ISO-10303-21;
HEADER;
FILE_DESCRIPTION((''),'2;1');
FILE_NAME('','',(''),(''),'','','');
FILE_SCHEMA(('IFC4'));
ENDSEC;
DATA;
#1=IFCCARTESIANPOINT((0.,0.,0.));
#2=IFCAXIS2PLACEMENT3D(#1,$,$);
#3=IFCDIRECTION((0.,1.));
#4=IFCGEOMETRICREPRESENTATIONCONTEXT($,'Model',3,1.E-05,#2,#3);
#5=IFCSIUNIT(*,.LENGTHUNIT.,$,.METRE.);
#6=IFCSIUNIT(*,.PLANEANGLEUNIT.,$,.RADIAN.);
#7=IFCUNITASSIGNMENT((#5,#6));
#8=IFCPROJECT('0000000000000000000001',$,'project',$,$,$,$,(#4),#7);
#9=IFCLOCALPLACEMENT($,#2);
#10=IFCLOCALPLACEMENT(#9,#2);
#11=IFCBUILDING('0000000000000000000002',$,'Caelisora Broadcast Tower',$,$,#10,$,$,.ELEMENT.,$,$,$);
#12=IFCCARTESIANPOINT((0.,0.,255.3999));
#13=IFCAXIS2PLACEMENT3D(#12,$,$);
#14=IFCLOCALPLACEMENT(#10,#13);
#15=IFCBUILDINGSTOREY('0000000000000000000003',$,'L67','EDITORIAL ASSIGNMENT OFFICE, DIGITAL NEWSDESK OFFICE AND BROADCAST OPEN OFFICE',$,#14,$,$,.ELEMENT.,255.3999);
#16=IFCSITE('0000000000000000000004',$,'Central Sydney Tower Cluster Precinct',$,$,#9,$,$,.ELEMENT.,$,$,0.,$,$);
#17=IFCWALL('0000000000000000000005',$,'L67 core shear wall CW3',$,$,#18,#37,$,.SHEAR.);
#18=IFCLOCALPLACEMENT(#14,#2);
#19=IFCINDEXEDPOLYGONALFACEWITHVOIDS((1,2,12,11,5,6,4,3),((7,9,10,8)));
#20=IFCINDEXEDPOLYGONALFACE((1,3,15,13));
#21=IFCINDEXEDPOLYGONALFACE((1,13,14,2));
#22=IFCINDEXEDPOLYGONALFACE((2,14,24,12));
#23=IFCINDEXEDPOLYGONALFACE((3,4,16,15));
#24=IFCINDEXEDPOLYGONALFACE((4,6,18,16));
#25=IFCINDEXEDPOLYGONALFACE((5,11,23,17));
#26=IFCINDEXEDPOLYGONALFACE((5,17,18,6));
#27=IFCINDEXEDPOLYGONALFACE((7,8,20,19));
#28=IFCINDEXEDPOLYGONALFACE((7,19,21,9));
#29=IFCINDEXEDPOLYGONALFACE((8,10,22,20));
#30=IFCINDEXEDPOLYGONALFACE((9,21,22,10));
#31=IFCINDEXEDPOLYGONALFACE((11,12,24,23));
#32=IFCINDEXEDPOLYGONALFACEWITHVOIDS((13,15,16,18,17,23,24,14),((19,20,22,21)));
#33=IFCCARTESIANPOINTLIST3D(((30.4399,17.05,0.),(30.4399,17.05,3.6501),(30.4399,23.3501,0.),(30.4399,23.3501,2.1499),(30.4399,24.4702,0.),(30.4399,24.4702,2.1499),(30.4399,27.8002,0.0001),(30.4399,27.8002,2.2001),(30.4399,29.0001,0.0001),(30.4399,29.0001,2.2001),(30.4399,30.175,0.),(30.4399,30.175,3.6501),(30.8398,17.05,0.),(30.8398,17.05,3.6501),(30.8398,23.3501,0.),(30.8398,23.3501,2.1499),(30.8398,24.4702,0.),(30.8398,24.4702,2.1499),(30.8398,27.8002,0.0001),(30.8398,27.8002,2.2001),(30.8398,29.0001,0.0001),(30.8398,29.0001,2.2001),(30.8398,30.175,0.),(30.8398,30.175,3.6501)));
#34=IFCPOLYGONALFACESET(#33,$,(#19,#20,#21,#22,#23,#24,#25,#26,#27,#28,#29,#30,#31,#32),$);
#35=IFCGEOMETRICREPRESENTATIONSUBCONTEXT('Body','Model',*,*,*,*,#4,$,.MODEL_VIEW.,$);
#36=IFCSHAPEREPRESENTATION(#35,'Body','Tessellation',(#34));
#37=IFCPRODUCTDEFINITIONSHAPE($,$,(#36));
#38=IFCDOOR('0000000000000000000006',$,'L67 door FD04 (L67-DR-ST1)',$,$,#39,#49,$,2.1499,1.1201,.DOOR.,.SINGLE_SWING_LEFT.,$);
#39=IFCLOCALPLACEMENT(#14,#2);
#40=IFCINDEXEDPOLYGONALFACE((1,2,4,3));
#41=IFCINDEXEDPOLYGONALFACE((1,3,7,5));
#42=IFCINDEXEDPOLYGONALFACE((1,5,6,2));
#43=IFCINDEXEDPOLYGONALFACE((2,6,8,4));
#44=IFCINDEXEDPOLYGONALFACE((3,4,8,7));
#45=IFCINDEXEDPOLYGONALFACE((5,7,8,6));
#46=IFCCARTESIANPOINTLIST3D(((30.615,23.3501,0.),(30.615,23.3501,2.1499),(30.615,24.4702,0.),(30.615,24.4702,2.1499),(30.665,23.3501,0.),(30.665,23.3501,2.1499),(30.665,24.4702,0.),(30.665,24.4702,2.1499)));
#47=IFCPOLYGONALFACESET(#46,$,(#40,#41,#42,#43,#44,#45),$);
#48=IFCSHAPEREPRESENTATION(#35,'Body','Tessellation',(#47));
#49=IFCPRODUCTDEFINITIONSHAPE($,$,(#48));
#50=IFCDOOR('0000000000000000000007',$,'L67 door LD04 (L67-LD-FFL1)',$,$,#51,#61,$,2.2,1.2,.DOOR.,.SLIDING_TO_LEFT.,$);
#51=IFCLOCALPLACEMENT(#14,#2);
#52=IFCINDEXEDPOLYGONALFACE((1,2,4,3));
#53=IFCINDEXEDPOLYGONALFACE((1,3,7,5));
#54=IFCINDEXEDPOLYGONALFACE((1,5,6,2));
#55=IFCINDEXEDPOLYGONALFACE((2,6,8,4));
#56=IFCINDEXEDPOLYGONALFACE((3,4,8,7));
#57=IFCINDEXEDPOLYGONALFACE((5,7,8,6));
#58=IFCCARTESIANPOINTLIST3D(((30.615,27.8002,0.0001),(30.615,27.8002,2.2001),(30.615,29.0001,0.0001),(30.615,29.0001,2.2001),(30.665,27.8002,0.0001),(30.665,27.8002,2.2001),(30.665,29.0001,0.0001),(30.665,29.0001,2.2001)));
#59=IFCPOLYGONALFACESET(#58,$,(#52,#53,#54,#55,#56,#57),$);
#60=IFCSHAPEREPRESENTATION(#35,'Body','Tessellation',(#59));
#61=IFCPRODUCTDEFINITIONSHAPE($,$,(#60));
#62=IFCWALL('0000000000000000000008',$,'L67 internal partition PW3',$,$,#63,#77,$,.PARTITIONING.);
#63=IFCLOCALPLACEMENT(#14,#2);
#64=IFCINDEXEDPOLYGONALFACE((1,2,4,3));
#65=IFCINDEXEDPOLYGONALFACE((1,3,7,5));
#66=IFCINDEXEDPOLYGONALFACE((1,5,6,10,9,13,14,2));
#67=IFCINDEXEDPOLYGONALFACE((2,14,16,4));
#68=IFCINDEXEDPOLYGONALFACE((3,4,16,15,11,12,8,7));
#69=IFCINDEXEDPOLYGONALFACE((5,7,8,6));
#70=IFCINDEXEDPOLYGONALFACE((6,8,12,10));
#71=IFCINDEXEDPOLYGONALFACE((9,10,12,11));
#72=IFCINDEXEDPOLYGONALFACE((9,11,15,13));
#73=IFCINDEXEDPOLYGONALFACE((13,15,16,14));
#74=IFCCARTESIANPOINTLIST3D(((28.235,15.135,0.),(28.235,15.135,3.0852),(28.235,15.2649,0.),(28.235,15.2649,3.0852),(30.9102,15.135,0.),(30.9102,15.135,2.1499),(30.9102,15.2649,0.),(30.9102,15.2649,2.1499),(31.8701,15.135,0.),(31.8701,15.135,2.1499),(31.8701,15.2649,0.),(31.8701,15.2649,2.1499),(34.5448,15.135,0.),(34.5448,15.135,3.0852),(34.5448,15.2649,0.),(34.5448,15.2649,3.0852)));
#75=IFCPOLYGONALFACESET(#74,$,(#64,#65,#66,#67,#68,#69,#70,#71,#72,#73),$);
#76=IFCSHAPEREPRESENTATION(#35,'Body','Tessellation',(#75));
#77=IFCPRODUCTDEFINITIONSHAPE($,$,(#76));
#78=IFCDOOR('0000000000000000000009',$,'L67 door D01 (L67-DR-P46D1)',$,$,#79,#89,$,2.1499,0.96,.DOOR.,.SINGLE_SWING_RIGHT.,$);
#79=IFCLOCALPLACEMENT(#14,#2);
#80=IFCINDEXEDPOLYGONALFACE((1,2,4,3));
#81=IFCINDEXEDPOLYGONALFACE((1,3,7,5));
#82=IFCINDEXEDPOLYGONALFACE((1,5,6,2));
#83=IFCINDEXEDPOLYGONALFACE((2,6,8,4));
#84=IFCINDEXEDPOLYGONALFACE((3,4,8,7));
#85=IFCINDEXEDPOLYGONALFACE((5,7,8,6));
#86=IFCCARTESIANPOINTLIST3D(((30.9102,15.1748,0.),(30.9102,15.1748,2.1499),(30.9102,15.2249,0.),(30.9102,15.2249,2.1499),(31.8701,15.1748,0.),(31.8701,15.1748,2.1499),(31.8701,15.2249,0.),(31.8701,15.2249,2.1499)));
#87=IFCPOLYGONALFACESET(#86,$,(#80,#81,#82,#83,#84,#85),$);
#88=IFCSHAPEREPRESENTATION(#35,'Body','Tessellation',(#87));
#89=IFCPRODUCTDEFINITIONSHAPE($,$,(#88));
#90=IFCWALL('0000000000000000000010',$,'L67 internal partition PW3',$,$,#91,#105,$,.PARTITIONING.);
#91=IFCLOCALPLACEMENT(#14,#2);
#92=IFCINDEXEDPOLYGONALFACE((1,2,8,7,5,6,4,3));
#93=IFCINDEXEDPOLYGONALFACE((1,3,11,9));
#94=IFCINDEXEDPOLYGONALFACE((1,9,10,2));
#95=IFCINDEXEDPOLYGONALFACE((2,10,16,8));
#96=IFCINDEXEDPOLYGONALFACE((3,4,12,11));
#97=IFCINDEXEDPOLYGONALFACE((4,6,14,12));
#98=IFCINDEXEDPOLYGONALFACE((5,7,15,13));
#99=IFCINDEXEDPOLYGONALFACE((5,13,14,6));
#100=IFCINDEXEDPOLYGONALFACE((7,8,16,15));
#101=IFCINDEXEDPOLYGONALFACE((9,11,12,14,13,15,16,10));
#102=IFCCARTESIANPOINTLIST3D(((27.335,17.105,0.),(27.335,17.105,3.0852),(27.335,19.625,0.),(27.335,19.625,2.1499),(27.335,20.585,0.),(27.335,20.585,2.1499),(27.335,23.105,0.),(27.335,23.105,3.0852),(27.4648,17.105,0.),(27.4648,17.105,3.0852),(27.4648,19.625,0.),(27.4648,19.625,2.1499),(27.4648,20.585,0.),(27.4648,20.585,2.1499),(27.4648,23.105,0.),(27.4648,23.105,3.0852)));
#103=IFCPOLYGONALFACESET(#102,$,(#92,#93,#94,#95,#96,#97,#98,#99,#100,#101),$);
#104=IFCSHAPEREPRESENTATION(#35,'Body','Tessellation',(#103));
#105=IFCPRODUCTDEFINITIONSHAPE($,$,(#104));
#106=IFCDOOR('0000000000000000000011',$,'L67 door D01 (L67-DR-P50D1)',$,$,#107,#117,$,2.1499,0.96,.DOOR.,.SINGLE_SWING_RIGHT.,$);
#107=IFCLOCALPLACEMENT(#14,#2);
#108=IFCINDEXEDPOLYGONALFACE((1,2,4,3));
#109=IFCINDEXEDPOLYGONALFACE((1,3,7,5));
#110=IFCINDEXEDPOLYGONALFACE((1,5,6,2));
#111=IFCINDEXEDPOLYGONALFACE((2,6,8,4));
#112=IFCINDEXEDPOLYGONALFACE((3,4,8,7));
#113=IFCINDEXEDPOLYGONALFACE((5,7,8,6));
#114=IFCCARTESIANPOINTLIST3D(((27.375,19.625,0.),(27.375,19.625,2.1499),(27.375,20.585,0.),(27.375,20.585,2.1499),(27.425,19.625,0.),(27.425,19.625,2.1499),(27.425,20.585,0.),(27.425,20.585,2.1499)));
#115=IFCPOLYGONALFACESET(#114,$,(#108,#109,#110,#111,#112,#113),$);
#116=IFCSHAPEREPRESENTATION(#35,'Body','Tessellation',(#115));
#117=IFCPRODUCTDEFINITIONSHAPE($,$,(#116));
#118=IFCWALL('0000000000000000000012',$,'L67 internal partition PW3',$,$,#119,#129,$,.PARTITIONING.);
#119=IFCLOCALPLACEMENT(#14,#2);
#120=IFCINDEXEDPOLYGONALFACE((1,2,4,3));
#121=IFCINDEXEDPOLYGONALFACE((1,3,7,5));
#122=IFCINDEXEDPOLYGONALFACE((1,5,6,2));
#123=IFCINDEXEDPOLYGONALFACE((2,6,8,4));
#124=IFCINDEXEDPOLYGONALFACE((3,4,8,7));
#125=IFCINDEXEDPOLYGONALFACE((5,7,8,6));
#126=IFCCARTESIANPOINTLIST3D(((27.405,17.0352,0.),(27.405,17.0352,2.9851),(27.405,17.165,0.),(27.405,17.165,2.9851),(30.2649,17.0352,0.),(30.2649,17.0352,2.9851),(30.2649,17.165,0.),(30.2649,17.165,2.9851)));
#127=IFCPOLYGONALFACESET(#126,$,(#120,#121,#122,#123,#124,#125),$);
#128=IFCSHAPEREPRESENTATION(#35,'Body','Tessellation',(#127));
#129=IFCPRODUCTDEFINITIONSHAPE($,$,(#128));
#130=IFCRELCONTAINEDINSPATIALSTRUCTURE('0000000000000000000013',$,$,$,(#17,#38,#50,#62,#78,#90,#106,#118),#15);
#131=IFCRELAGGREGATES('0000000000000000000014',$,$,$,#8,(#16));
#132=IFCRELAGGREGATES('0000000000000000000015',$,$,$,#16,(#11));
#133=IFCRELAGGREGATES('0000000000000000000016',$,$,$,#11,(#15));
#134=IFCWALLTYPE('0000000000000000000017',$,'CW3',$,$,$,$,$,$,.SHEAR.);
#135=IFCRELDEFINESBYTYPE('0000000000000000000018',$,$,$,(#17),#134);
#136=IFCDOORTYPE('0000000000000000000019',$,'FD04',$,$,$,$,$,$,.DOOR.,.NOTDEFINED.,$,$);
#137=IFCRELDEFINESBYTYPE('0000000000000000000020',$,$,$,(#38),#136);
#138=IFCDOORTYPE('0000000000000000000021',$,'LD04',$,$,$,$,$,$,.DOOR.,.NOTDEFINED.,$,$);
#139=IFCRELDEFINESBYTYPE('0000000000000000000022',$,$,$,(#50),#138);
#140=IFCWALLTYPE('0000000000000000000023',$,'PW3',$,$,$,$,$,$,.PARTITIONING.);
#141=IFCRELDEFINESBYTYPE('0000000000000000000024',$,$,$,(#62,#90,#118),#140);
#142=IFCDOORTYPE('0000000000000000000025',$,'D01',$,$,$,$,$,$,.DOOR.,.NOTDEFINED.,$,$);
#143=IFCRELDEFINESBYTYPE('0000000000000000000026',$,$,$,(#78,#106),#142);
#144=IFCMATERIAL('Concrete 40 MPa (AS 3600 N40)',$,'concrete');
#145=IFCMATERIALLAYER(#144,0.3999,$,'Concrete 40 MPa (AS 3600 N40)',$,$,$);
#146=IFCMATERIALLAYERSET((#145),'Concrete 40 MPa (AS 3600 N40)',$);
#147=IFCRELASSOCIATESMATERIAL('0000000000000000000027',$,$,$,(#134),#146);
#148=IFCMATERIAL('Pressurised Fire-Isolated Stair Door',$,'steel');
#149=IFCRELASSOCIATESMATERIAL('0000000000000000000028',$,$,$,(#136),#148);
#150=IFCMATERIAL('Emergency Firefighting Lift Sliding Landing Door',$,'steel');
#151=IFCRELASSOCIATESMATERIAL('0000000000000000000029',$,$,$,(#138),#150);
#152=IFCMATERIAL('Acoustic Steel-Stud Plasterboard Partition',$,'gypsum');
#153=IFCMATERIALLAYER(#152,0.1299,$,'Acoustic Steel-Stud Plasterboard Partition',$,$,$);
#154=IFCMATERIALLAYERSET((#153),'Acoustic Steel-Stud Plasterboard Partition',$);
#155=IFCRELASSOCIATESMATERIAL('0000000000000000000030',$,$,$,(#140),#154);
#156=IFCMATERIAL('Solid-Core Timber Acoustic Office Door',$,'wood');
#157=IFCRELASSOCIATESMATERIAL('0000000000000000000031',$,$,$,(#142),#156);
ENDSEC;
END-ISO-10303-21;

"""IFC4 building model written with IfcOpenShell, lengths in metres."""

from ifc_helpers import new_model, si_unit, direction, frame, frame_2d, origin, place, context, subcontext, project, spatial, rectangle, extrude, material, layer, layer_set, type_object, element, fill, save


model = new_model("IFC4")

# Units and contexts
model_context = context("Model", 3, precision=1e-05, world=origin(), true_north=direction((0.0, 1.0)))
body_context = subcontext(model_context, "Body", "Model", "MODEL_VIEW")
ifc_project = project(units=[si_unit("LENGTHUNIT", "METRE"), si_unit("PLANEANGLEUNIT", "RADIAN")], contexts=[model_context])

# Site, building, storey
site_placement = place(None, origin())
site = spatial("IfcSite", under=ifc_project, at=site_placement, Name="Central Sydney Tower Cluster Precinct", CompositionType="ELEMENT", RefElevation=0.0)
building_placement = place(site_placement, origin())
building = spatial("IfcBuilding", under=site, at=building_placement, Name="Caelisora Broadcast Tower", CompositionType="ELEMENT")
storey_placement = place(building_placement, frame((0.0, 0.0, 255.3999)))
storey = spatial("IfcBuildingStorey", under=building, at=storey_placement, Name="L67", Description="EDITORIAL ASSIGNMENT OFFICE, DIGITAL NEWSDESK OFFICE AND BROADCAST OPEN OFFICE", CompositionType="ELEMENT", Elevation=255.3999)

# Wall, openings, doors
ifc_material_1 = material(Name="Concrete 40 MPa (AS 3600 N40)", Category="concrete")
ifc_layer_1 = layer(ifc_material_1, 0.3999, Name="Concrete 40 MPa (AS 3600 N40)")
ifc_layer_set_1 = layer_set([ifc_layer_1], Name="Concrete 40 MPa (AS 3600 N40)")
wall_type_1 = type_object("IfcWallType", Name="CW3", PredefinedType="SHEAR", material=ifc_layer_set_1)
wall_1_placement = place(storey_placement, frame((30.6399, 17.05, 0.0), z_axis=(0.0, 0.0, 1.0), x_axis=(0.0, 1.0, 0.0)))
wall_1 = element("IfcWall", 1, at=wall_1_placement, inside=storey, type_object=wall_type_1, Name="L67 core shear wall CW3", PredefinedType="SHEAR", context=body_context, shape_type="SweptSolid", body=[
    extrude(rectangle(XDim=13.125, YDim=0.3999, at=frame_2d((6.5625, 0.0))), origin(), (0.0, 0.0, 1.0), 3.6501),
])
opening_1_placement = place(wall_1_placement, frame((6.3, 0.0, 0.0)))
opening_1 = element("IfcOpeningElement", 2, at=opening_1_placement, cuts=wall_1, PredefinedType="OPENING", context=body_context, shape_type="SweptSolid", body=[
    extrude(rectangle(XDim=1.1201, YDim=2.1499, at=frame_2d((0.5601, 1.075))), frame((0.0, 0.2119, 0.0), z_axis=(0.0, -1.0, 0.0), x_axis=(1.0, 0.0, 0.0)), (0.0, 0.0, 1.0), 0.4238),
])
opening_2_placement = place(wall_1_placement, frame((10.75, 0.0, 0.0)))
opening_2 = element("IfcOpeningElement", 3, at=opening_2_placement, cuts=wall_1, PredefinedType="OPENING", context=body_context, shape_type="SweptSolid", body=[
    extrude(rectangle(XDim=1.2, YDim=2.2, at=frame_2d((0.6001, 1.1001))), frame((0.0, 0.2119, 0.0), z_axis=(0.0, -1.0, 0.0), x_axis=(1.0, 0.0, 0.0)), (0.0, 0.0, 1.0), 0.4238),
])
ifc_material_2 = material(Name="Pressurised Fire-Isolated Stair Door", Category="steel")
door_type_1 = type_object("IfcDoorType", Name="FD04", OperationType="NOTDEFINED", PredefinedType="DOOR", material=ifc_material_2)
door_1_placement = place(opening_1_placement, origin())
door_1 = element("IfcDoor", 4, at=door_1_placement, inside=storey, type_object=door_type_1, Name="L67 door FD04 (L67-DR-ST1)", OperationType="SINGLE_SWING_LEFT", OverallHeight=2.1499, OverallWidth=1.1201, PredefinedType="DOOR", context=body_context, shape_type="SweptSolid", body=[
    extrude(rectangle(XDim=1.1201, YDim=2.1499, at=frame_2d((0.5601, 1.075))), frame((0.0, 0.0249, 0.0), z_axis=(0.0, -1.0, 0.0), x_axis=(1.0, 0.0, 0.0)), (0.0, 0.0, 1.0), 0.05),
])
fill(opening_1, door_1)
ifc_material_3 = material(Name="Emergency Firefighting Lift Sliding Landing Door", Category="steel")
door_type_2 = type_object("IfcDoorType", Name="LD04", OperationType="NOTDEFINED", PredefinedType="DOOR", material=ifc_material_3)
door_2_placement = place(opening_2_placement, origin())
door_2 = element("IfcDoor", 5, at=door_2_placement, inside=storey, type_object=door_type_2, Name="L67 door LD04 (L67-LD-FFL1)", OperationType="SLIDING_TO_LEFT", OverallHeight=2.2, OverallWidth=1.2, PredefinedType="DOOR", context=body_context, shape_type="SweptSolid", body=[
    extrude(rectangle(XDim=1.2, YDim=2.2, at=frame_2d((0.6001, 1.1001))), frame((0.0, 0.0249, 0.0), z_axis=(0.0, -1.0, 0.0), x_axis=(1.0, 0.0, 0.0)), (0.0, 0.0, 1.0), 0.05),
])
fill(opening_2, door_2)

# Walls, openings, doors
ifc_material_4 = material(Name="Acoustic Steel-Stud Plasterboard Partition", Category="gypsum")
ifc_layer_2 = layer(ifc_material_4, 0.1299, Name="Acoustic Steel-Stud Plasterboard Partition")
ifc_layer_set_2 = layer_set([ifc_layer_2], Name="Acoustic Steel-Stud Plasterboard Partition")
wall_type_2 = type_object("IfcWallType", Name="PW3", PredefinedType="PARTITIONING", material=ifc_layer_set_2)
wall_2_placement = place(storey_placement, frame((28.2351, 15.2, 0.0), z_axis=(0.0, 0.0, 1.0), x_axis=(1.0, 0.0, 0.0)))
wall_2 = element("IfcWall", 6, at=wall_2_placement, inside=storey, type_object=wall_type_2, Name="L67 internal partition PW3", PredefinedType="PARTITIONING", context=body_context, shape_type="SweptSolid", body=[
    extrude(rectangle(XDim=6.3098, YDim=0.1299, at=frame_2d((3.1548, 0.0))), origin(), (0.0, 0.0, 1.0), 3.0852),
])
opening_3_placement = place(wall_2_placement, frame((2.675, 0.0, 0.0)))
opening_3 = element("IfcOpeningElement", 7, at=opening_3_placement, cuts=wall_2, PredefinedType="OPENING", context=body_context, shape_type="SweptSolid", body=[
    extrude(rectangle(XDim=0.96, YDim=2.1499, at=frame_2d((0.48, 1.075))), frame((0.0, 0.0769, 0.0), z_axis=(0.0, -1.0, 0.0), x_axis=(1.0, 0.0, 0.0)), (0.0, 0.0, 1.0), 0.1538),
])
ifc_material_5 = material(Name="Solid-Core Timber Acoustic Office Door", Category="wood")
door_type_3 = type_object("IfcDoorType", Name="D01", OperationType="NOTDEFINED", PredefinedType="DOOR", material=ifc_material_5)
door_3_placement = place(opening_3_placement, origin())
door_3 = element("IfcDoor", 8, at=door_3_placement, inside=storey, type_object=door_type_3, Name="L67 door D01 (L67-DR-P46D1)", OperationType="SINGLE_SWING_RIGHT", OverallHeight=2.1499, OverallWidth=0.96, PredefinedType="DOOR", context=body_context, shape_type="SweptSolid", body=[
    extrude(rectangle(XDim=0.96, YDim=2.1499, at=frame_2d((0.48, 1.075))), frame((0.0, 0.0249, 0.0), z_axis=(0.0, -1.0, 0.0), x_axis=(1.0, 0.0, 0.0)), (0.0, 0.0, 1.0), 0.05),
])
fill(opening_3, door_3)
wall_3_placement = place(storey_placement, frame((27.3999, 17.105, 0.0), z_axis=(0.0, 0.0, 1.0), x_axis=(0.0, 1.0, 0.0)))
wall_3 = element("IfcWall", 9, at=wall_3_placement, inside=storey, type_object=wall_type_2, Name="L67 internal partition PW3", PredefinedType="PARTITIONING", context=body_context, shape_type="SweptSolid", body=[
    extrude(rectangle(XDim=6.0, YDim=0.1299, at=frame_2d((3.0, 0.0))), origin(), (0.0, 0.0, 1.0), 3.0852),
])
opening_4_placement = place(wall_3_placement, frame((2.52, 0.0, 0.0)))
opening_4 = element("IfcOpeningElement", 10, at=opening_4_placement, cuts=wall_3, PredefinedType="OPENING", context=body_context, shape_type="SweptSolid", body=[
    extrude(rectangle(XDim=0.96, YDim=2.1499, at=frame_2d((0.48, 1.075))), frame((0.0, 0.0769, 0.0), z_axis=(0.0, -1.0, 0.0), x_axis=(1.0, 0.0, 0.0)), (0.0, 0.0, 1.0), 0.1538),
])
door_4_placement = place(opening_4_placement, origin())
door_4 = element("IfcDoor", 11, at=door_4_placement, inside=storey, type_object=door_type_3, Name="L67 door D01 (L67-DR-P50D1)", OperationType="SINGLE_SWING_RIGHT", OverallHeight=2.1499, OverallWidth=0.96, PredefinedType="DOOR", context=body_context, shape_type="SweptSolid", body=[
    extrude(rectangle(XDim=0.96, YDim=2.1499, at=frame_2d((0.48, 1.075))), frame((0.0, 0.0249, 0.0), z_axis=(0.0, -1.0, 0.0), x_axis=(1.0, 0.0, 0.0)), (0.0, 0.0, 1.0), 0.05),
])
fill(opening_4, door_4)

# Wall
wall_4_placement = place(storey_placement, frame((30.2649, 17.1001, 0.0), z_axis=(0.0, 0.0, 1.0), x_axis=(-1.0, 0.0, 0.0)))
element("IfcWall", 12, at=wall_4_placement, inside=storey, type_object=wall_type_2, Name="L67 internal partition PW3", PredefinedType="PARTITIONING", context=body_context, shape_type="SweptSolid", body=[
    extrude(rectangle(XDim=2.8599, YDim=0.1299, at=frame_2d((1.4299, 0.0))), origin(), (0.0, 0.0, 1.0), 2.9851),
])

save(model, "model.ifc")
